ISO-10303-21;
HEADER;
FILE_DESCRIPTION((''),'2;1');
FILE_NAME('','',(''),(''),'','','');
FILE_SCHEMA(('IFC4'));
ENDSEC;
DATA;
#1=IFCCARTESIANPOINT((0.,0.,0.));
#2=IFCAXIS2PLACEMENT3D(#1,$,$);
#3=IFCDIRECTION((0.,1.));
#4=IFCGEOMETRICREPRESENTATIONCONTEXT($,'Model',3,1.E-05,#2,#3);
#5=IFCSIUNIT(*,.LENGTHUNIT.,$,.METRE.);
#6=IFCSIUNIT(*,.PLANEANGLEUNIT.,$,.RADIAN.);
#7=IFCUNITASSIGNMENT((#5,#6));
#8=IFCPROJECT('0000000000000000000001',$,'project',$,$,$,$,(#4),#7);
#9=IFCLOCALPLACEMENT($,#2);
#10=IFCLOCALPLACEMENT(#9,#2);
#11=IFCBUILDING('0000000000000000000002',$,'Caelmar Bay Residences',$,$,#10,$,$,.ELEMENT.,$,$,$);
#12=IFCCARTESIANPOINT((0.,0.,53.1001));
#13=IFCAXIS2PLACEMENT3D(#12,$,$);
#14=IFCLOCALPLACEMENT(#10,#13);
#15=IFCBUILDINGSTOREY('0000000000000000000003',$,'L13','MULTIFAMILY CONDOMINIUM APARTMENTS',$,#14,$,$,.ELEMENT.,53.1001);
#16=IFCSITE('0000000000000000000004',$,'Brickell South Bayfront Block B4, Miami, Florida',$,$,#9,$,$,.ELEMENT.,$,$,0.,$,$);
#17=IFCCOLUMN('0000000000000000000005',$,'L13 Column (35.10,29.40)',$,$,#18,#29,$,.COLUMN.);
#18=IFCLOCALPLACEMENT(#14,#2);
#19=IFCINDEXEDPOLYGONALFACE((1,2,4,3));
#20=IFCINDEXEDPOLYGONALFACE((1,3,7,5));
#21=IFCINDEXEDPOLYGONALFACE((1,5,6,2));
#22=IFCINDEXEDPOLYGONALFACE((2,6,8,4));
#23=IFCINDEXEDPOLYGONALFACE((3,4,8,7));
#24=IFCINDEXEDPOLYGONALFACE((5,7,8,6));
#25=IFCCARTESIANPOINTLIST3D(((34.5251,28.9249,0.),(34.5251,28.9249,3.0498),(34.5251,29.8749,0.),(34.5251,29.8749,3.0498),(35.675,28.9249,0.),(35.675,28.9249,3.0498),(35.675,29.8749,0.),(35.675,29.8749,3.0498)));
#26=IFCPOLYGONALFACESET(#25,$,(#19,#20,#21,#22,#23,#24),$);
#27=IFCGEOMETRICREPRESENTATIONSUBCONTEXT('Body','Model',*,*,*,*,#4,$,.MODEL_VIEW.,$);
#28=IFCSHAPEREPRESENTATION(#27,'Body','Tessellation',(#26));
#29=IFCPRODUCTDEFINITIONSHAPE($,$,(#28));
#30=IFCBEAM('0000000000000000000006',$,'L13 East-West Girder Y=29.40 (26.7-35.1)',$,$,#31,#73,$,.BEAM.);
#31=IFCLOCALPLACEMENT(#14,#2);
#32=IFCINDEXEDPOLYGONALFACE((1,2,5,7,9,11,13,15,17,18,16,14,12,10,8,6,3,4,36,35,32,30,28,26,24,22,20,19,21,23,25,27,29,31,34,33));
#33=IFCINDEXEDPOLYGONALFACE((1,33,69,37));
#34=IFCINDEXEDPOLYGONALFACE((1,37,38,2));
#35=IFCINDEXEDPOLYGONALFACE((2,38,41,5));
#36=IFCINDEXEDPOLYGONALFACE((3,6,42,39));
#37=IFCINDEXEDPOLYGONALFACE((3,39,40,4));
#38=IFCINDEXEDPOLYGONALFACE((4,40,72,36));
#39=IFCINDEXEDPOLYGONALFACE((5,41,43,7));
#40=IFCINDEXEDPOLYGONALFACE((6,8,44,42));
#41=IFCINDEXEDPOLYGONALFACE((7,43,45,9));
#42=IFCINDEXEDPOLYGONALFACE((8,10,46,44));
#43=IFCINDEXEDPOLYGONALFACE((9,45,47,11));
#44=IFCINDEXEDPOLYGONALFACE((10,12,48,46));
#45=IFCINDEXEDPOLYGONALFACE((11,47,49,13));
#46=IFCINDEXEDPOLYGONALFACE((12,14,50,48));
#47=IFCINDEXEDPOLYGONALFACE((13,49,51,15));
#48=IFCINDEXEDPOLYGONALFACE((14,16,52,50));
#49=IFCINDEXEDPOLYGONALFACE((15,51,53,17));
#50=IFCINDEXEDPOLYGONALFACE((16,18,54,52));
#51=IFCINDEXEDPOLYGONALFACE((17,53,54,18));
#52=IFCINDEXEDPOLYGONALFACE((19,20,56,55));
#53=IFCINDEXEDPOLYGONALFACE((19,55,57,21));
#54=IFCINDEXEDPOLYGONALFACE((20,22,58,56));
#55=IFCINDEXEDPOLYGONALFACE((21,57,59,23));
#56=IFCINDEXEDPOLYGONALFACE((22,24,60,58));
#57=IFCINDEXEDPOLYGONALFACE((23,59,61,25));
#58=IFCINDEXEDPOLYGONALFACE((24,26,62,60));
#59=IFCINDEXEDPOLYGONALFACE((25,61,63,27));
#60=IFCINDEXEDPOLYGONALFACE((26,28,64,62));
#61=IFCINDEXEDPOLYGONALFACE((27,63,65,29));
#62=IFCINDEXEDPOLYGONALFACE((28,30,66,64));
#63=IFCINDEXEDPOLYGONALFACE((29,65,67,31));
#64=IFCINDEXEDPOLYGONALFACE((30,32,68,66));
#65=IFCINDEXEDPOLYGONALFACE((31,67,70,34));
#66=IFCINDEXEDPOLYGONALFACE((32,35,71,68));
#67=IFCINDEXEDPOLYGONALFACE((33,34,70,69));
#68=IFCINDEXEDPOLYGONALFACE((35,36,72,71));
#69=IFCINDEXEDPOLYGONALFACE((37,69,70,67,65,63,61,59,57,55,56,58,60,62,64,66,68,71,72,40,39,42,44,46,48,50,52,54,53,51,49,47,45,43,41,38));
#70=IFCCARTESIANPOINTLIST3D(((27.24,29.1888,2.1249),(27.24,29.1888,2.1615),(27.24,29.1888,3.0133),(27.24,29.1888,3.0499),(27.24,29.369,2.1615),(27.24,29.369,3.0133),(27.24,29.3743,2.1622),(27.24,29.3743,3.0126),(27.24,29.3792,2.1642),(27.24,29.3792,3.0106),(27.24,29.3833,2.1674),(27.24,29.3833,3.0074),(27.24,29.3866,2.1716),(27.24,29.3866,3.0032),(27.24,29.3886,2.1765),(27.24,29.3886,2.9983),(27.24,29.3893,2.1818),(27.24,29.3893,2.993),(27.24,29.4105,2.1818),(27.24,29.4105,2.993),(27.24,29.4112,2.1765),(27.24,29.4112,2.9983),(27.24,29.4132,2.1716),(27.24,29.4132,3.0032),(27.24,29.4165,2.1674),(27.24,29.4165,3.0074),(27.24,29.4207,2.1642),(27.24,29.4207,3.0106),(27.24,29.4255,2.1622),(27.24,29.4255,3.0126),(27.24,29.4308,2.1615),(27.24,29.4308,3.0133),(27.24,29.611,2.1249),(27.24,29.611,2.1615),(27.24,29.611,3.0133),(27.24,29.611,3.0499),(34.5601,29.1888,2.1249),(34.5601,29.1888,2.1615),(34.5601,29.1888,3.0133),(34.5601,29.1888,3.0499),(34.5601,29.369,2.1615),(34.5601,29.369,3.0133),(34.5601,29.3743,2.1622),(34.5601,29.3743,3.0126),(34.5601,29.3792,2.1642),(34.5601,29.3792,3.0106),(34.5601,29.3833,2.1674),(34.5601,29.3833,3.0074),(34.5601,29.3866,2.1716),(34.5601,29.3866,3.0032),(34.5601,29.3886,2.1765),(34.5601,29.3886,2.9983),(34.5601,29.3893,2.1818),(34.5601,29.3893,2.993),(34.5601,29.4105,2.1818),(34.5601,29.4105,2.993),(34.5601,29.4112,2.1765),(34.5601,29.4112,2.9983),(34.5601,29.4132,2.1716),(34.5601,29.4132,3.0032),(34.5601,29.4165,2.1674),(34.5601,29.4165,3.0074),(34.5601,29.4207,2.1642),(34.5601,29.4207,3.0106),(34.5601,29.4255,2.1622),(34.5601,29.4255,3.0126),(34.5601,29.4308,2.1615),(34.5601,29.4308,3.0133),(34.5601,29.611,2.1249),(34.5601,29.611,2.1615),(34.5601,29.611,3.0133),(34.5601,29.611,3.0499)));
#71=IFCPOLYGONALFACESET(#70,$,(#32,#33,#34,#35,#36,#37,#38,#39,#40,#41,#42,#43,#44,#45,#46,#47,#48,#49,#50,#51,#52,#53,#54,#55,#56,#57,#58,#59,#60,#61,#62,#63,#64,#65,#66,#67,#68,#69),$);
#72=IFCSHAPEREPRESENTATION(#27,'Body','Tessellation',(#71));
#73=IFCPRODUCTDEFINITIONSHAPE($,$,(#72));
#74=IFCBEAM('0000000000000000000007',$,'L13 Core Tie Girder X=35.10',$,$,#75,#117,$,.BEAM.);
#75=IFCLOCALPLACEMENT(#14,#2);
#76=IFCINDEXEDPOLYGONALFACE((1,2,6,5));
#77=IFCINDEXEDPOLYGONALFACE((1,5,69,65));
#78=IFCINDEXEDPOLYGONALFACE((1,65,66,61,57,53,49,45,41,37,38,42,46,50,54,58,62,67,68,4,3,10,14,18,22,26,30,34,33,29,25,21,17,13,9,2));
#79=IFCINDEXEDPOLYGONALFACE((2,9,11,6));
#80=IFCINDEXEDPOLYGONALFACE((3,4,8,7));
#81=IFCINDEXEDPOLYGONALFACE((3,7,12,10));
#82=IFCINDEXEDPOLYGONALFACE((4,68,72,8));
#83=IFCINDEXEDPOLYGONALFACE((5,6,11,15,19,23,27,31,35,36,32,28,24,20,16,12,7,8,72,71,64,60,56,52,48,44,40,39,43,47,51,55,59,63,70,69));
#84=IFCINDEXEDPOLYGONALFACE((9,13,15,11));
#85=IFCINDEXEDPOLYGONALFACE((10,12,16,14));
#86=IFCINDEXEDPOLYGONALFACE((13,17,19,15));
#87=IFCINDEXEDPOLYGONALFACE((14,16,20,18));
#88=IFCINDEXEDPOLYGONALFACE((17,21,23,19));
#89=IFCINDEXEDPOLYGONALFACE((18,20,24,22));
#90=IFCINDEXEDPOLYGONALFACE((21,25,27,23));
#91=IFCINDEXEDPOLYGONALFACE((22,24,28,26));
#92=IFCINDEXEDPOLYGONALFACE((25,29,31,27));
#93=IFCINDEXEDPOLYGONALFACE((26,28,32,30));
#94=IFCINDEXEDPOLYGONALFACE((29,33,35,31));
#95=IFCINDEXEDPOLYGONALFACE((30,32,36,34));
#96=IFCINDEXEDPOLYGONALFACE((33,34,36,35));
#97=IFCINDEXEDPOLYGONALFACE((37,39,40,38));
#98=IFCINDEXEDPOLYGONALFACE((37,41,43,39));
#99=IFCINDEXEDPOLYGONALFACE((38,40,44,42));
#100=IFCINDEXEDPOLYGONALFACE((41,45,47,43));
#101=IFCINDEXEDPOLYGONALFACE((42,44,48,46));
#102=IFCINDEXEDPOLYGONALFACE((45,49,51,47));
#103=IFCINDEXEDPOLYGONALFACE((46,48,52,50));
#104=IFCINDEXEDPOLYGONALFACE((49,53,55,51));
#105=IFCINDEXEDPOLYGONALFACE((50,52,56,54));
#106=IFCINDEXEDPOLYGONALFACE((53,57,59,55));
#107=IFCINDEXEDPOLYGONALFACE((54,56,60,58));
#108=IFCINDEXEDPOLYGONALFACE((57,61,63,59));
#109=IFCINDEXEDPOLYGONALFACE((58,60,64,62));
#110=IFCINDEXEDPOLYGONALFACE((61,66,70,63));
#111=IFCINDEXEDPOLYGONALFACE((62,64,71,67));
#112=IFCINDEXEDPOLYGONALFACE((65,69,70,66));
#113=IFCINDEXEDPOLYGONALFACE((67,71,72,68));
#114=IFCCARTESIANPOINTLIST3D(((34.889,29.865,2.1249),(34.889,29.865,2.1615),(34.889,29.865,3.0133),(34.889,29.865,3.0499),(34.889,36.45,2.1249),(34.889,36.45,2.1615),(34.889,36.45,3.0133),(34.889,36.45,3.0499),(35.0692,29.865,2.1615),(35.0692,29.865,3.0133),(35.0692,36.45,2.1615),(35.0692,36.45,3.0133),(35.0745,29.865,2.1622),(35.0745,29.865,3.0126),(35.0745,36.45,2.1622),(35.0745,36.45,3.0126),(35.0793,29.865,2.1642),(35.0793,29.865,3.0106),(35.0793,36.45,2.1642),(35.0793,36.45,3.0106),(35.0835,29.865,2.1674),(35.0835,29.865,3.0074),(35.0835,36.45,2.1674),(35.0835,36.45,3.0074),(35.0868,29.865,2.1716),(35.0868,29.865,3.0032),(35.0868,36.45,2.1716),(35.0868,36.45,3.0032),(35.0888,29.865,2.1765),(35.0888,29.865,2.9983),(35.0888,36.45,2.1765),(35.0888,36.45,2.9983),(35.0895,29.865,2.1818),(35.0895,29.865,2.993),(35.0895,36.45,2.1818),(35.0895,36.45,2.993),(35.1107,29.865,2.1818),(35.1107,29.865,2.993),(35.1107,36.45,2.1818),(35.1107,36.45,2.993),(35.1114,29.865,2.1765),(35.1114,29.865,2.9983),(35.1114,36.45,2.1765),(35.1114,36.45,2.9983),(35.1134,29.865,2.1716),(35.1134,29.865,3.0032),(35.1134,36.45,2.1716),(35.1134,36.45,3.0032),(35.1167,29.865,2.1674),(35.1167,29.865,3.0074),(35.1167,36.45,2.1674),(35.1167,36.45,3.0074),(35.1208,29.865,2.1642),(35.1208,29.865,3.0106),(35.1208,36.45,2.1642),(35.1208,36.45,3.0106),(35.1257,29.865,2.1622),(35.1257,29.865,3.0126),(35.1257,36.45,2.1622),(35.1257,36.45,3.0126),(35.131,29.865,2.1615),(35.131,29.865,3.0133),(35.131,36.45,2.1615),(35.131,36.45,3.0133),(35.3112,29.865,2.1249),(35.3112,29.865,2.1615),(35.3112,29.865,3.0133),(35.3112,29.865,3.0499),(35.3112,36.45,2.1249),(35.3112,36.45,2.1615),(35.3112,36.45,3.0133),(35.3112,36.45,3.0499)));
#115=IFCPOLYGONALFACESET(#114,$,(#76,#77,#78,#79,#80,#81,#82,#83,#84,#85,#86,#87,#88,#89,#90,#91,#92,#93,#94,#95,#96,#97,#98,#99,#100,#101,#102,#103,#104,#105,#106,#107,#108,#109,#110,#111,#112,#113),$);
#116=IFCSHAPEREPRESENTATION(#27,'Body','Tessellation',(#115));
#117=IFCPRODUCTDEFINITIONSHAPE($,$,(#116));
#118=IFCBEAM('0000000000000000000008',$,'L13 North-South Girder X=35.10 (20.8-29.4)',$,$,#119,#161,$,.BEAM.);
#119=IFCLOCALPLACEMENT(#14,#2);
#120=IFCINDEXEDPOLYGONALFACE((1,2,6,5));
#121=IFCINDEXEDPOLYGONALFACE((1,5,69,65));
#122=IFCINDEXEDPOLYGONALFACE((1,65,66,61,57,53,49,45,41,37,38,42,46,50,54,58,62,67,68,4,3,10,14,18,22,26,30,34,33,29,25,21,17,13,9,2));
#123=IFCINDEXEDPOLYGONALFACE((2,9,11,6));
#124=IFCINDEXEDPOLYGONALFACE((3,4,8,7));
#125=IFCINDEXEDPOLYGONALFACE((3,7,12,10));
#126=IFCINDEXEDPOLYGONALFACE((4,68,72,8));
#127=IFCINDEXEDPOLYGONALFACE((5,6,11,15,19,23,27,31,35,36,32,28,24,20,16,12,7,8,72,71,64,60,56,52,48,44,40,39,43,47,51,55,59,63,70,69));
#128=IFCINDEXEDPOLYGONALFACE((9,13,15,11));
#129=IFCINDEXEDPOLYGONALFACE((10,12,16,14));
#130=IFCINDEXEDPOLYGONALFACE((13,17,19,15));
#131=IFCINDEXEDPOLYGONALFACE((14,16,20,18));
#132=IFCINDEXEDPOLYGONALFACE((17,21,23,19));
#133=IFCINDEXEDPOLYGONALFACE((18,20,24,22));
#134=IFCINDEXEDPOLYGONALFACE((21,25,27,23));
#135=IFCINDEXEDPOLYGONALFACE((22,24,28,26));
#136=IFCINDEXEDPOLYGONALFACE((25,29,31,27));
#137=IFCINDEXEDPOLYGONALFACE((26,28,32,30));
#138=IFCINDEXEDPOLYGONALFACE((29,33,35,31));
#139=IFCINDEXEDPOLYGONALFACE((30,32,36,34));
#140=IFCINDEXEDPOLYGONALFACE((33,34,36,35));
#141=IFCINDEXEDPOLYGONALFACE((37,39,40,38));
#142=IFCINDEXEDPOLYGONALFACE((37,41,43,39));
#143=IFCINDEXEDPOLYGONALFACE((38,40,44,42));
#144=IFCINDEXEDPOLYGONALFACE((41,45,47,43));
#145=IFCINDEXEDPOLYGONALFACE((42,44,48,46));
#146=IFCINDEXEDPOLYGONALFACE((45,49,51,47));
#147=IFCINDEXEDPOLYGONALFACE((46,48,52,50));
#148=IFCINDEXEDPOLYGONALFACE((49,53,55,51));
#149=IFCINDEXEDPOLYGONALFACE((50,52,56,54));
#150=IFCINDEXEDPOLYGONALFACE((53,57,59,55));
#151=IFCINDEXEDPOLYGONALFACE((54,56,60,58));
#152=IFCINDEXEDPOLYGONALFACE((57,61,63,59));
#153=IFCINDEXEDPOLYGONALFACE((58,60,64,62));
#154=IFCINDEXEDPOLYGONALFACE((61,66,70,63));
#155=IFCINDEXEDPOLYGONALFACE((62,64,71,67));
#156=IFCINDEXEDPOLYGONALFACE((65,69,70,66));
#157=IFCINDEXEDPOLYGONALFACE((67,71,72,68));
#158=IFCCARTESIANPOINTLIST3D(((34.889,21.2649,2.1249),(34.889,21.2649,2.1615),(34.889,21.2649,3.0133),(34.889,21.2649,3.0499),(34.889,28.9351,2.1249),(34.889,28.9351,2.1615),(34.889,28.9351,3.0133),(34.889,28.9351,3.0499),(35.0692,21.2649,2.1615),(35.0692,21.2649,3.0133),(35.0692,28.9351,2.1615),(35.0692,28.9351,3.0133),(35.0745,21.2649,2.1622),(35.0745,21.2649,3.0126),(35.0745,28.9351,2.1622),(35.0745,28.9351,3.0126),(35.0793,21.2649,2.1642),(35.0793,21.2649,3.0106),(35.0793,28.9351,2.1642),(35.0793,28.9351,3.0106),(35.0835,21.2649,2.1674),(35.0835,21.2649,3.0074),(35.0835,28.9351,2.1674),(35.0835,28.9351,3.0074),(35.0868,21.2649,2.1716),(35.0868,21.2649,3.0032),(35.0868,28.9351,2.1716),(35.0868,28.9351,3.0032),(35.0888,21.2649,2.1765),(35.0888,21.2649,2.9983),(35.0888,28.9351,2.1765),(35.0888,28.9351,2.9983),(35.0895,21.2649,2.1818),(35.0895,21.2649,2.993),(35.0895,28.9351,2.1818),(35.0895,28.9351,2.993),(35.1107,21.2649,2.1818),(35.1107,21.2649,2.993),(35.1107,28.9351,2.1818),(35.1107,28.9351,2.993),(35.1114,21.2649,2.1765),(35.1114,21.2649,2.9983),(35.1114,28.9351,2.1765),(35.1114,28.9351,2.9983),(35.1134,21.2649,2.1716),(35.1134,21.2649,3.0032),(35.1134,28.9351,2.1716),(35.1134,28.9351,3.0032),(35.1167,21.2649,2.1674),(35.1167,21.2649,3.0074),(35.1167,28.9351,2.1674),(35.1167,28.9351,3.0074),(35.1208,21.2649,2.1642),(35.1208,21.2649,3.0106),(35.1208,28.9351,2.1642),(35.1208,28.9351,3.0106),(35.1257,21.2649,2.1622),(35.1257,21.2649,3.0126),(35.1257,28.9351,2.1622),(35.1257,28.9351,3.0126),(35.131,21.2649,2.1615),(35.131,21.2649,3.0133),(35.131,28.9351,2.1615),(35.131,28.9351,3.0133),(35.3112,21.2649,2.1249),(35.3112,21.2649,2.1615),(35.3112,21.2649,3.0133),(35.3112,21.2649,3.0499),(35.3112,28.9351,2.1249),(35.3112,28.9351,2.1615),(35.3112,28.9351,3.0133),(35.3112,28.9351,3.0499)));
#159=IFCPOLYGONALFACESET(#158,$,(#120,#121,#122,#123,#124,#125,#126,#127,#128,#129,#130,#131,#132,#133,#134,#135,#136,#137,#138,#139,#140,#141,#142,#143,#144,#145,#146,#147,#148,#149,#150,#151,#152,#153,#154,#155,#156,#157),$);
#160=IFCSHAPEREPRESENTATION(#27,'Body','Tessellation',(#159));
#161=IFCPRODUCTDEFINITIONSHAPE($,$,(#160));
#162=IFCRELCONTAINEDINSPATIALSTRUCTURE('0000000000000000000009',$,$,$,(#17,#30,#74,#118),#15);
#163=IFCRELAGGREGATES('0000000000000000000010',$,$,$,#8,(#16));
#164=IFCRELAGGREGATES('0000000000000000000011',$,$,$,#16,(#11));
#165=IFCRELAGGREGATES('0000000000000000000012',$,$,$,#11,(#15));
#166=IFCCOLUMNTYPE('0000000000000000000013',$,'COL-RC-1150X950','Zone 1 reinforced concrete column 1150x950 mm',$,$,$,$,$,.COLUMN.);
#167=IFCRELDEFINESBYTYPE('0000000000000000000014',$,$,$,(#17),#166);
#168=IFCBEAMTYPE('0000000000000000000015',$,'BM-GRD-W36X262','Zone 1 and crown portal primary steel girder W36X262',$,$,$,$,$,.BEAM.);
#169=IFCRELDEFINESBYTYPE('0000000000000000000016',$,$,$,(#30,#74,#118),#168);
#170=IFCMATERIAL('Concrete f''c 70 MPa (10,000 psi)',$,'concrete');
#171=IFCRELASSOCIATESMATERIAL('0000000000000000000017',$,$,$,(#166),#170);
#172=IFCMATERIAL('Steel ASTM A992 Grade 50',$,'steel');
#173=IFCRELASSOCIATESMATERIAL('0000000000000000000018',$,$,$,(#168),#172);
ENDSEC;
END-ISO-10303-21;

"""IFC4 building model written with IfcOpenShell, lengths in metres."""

from ifc_helpers import new_model, si_unit, direction, frame, origin, origin_2d, place, context, subcontext, project, spatial, rectangle, i_section, extrude, material, material_profile, profile_set, type_object, element, save


model = new_model("IFC4")

# Units and contexts
model_context = context("Model", 3, precision=1e-05, world=origin(), true_north=direction((0.0, 1.0)))
body_context = subcontext(model_context, "Body", "Model", "MODEL_VIEW")
ifc_project = project(units=[si_unit("LENGTHUNIT", "METRE"), si_unit("PLANEANGLEUNIT", "RADIAN")], contexts=[model_context])

# Site, building, storey
site_placement = place(None, origin())
site = spatial("IfcSite", under=ifc_project, at=site_placement, Name="Brickell South Bayfront Block B4, Miami, Florida", CompositionType="ELEMENT", RefElevation=0.0)
building_placement = place(site_placement, origin())
building = spatial("IfcBuilding", under=site, at=building_placement, Name="Caelmar Bay Residences", CompositionType="ELEMENT")
storey_placement = place(building_placement, frame((0.0, 0.0, 53.1001)))
storey = spatial("IfcBuildingStorey", under=building, at=storey_placement, Name="L13", Description="MULTIFAMILY CONDOMINIUM APARTMENTS", CompositionType="ELEMENT", Elevation=53.1001)

# Column
ifc_material_1 = material(Name="Concrete f'c 70 MPa (10,000 psi)", Category="concrete")
ifc_material_profile_1 = material_profile(ifc_material_1, rectangle(XDim=1.1499, YDim=0.95, at=origin_2d()), Name="RC-COL-1150X950")
ifc_profile_set_1 = profile_set([ifc_material_profile_1], Name="Concrete f'c 70 MPa (10,000 psi)")
column_type = type_object("IfcColumnType", Name="COL-RC-1150X950", Description="Zone 1 reinforced concrete column 1150x950 mm", PredefinedType="COLUMN", material=ifc_profile_set_1)
column_placement = place(storey_placement, frame((35.1001, 29.3999, 0.0), z_axis=(0.0, 0.0, 1.0), x_axis=(1.0, 0.0, 0.0)))
element("IfcColumn", 1, at=column_placement, inside=storey, type_object=column_type, Name="L13 Column (35.10,29.40)", PredefinedType="COLUMN", context=body_context, shape_type="SweptSolid", body=[
    extrude(rectangle(XDim=1.1499, YDim=0.95, at=origin_2d()), origin(), (0.0, 0.0, 1.0), 3.0498),
])

# Beams
ifc_material_2 = material(Name="Steel ASTM A992 Grade 50", Category="steel")
ifc_material_profile_2 = material_profile(ifc_material_2, i_section(OverallWidth=0.4221, OverallDepth=0.925, WebThickness=0.0212, FlangeThickness=0.0366, FilletRadius=0.0203, at=origin_2d()), Name="W36X262")
ifc_profile_set_2 = profile_set([ifc_material_profile_2], Name="Steel ASTM A992 Grade 50")
beam_type_1 = type_object("IfcBeamType", Name="BM-GRD-W36X262", Description="Zone 1 and crown portal primary steel girder W36X262", PredefinedType="BEAM", material=ifc_profile_set_2)
beam_1_placement = place(storey_placement, frame((27.24, 29.3999, 2.5874), z_axis=(1.0, 0.0, 0.0), x_axis=(0.0, 1.0, 0.0)))
element("IfcBeam", 2, at=beam_1_placement, inside=storey, type_object=beam_type_1, Name="L13 East-West Girder Y=29.40 (26.7-35.1)", PredefinedType="BEAM", context=body_context, shape_type="SweptSolid", body=[
    extrude(i_section(OverallWidth=0.4221, OverallDepth=0.925, WebThickness=0.0212, FlangeThickness=0.0366, FilletRadius=0.0203, at=origin_2d()), origin(), (0.0, 0.0, 1.0), 7.3201),
])
beam_2_placement = place(storey_placement, frame((35.1001, 29.865, 2.5874), z_axis=(0.0, 1.0, 0.0), x_axis=(-1.0, 0.0, 0.0)))
element("IfcBeam", 3, at=beam_2_placement, inside=storey, type_object=beam_type_1, Name="L13 Core Tie Girder X=35.10", PredefinedType="BEAM", context=body_context, shape_type="SweptSolid", body=[
    extrude(i_section(OverallWidth=0.4221, OverallDepth=0.925, WebThickness=0.0212, FlangeThickness=0.0366, FilletRadius=0.0203, at=origin_2d()), origin(), (0.0, 0.0, 1.0), 6.585),
])
beam_3_placement = place(storey_placement, frame((35.1001, 21.2649, 2.5874), z_axis=(0.0, 1.0, 0.0), x_axis=(-1.0, 0.0, 0.0)))
element("IfcBeam", 4, at=beam_3_placement, inside=storey, type_object=beam_type_1, Name="L13 North-South Girder X=35.10 (20.8-29.4)", PredefinedType="BEAM", context=body_context, shape_type="SweptSolid", body=[
    extrude(i_section(OverallWidth=0.4221, OverallDepth=0.925, WebThickness=0.0212, FlangeThickness=0.0366, FilletRadius=0.0203, at=origin_2d()), origin(), (0.0, 0.0, 1.0), 7.6702),
])

save(model, "model.ifc")
